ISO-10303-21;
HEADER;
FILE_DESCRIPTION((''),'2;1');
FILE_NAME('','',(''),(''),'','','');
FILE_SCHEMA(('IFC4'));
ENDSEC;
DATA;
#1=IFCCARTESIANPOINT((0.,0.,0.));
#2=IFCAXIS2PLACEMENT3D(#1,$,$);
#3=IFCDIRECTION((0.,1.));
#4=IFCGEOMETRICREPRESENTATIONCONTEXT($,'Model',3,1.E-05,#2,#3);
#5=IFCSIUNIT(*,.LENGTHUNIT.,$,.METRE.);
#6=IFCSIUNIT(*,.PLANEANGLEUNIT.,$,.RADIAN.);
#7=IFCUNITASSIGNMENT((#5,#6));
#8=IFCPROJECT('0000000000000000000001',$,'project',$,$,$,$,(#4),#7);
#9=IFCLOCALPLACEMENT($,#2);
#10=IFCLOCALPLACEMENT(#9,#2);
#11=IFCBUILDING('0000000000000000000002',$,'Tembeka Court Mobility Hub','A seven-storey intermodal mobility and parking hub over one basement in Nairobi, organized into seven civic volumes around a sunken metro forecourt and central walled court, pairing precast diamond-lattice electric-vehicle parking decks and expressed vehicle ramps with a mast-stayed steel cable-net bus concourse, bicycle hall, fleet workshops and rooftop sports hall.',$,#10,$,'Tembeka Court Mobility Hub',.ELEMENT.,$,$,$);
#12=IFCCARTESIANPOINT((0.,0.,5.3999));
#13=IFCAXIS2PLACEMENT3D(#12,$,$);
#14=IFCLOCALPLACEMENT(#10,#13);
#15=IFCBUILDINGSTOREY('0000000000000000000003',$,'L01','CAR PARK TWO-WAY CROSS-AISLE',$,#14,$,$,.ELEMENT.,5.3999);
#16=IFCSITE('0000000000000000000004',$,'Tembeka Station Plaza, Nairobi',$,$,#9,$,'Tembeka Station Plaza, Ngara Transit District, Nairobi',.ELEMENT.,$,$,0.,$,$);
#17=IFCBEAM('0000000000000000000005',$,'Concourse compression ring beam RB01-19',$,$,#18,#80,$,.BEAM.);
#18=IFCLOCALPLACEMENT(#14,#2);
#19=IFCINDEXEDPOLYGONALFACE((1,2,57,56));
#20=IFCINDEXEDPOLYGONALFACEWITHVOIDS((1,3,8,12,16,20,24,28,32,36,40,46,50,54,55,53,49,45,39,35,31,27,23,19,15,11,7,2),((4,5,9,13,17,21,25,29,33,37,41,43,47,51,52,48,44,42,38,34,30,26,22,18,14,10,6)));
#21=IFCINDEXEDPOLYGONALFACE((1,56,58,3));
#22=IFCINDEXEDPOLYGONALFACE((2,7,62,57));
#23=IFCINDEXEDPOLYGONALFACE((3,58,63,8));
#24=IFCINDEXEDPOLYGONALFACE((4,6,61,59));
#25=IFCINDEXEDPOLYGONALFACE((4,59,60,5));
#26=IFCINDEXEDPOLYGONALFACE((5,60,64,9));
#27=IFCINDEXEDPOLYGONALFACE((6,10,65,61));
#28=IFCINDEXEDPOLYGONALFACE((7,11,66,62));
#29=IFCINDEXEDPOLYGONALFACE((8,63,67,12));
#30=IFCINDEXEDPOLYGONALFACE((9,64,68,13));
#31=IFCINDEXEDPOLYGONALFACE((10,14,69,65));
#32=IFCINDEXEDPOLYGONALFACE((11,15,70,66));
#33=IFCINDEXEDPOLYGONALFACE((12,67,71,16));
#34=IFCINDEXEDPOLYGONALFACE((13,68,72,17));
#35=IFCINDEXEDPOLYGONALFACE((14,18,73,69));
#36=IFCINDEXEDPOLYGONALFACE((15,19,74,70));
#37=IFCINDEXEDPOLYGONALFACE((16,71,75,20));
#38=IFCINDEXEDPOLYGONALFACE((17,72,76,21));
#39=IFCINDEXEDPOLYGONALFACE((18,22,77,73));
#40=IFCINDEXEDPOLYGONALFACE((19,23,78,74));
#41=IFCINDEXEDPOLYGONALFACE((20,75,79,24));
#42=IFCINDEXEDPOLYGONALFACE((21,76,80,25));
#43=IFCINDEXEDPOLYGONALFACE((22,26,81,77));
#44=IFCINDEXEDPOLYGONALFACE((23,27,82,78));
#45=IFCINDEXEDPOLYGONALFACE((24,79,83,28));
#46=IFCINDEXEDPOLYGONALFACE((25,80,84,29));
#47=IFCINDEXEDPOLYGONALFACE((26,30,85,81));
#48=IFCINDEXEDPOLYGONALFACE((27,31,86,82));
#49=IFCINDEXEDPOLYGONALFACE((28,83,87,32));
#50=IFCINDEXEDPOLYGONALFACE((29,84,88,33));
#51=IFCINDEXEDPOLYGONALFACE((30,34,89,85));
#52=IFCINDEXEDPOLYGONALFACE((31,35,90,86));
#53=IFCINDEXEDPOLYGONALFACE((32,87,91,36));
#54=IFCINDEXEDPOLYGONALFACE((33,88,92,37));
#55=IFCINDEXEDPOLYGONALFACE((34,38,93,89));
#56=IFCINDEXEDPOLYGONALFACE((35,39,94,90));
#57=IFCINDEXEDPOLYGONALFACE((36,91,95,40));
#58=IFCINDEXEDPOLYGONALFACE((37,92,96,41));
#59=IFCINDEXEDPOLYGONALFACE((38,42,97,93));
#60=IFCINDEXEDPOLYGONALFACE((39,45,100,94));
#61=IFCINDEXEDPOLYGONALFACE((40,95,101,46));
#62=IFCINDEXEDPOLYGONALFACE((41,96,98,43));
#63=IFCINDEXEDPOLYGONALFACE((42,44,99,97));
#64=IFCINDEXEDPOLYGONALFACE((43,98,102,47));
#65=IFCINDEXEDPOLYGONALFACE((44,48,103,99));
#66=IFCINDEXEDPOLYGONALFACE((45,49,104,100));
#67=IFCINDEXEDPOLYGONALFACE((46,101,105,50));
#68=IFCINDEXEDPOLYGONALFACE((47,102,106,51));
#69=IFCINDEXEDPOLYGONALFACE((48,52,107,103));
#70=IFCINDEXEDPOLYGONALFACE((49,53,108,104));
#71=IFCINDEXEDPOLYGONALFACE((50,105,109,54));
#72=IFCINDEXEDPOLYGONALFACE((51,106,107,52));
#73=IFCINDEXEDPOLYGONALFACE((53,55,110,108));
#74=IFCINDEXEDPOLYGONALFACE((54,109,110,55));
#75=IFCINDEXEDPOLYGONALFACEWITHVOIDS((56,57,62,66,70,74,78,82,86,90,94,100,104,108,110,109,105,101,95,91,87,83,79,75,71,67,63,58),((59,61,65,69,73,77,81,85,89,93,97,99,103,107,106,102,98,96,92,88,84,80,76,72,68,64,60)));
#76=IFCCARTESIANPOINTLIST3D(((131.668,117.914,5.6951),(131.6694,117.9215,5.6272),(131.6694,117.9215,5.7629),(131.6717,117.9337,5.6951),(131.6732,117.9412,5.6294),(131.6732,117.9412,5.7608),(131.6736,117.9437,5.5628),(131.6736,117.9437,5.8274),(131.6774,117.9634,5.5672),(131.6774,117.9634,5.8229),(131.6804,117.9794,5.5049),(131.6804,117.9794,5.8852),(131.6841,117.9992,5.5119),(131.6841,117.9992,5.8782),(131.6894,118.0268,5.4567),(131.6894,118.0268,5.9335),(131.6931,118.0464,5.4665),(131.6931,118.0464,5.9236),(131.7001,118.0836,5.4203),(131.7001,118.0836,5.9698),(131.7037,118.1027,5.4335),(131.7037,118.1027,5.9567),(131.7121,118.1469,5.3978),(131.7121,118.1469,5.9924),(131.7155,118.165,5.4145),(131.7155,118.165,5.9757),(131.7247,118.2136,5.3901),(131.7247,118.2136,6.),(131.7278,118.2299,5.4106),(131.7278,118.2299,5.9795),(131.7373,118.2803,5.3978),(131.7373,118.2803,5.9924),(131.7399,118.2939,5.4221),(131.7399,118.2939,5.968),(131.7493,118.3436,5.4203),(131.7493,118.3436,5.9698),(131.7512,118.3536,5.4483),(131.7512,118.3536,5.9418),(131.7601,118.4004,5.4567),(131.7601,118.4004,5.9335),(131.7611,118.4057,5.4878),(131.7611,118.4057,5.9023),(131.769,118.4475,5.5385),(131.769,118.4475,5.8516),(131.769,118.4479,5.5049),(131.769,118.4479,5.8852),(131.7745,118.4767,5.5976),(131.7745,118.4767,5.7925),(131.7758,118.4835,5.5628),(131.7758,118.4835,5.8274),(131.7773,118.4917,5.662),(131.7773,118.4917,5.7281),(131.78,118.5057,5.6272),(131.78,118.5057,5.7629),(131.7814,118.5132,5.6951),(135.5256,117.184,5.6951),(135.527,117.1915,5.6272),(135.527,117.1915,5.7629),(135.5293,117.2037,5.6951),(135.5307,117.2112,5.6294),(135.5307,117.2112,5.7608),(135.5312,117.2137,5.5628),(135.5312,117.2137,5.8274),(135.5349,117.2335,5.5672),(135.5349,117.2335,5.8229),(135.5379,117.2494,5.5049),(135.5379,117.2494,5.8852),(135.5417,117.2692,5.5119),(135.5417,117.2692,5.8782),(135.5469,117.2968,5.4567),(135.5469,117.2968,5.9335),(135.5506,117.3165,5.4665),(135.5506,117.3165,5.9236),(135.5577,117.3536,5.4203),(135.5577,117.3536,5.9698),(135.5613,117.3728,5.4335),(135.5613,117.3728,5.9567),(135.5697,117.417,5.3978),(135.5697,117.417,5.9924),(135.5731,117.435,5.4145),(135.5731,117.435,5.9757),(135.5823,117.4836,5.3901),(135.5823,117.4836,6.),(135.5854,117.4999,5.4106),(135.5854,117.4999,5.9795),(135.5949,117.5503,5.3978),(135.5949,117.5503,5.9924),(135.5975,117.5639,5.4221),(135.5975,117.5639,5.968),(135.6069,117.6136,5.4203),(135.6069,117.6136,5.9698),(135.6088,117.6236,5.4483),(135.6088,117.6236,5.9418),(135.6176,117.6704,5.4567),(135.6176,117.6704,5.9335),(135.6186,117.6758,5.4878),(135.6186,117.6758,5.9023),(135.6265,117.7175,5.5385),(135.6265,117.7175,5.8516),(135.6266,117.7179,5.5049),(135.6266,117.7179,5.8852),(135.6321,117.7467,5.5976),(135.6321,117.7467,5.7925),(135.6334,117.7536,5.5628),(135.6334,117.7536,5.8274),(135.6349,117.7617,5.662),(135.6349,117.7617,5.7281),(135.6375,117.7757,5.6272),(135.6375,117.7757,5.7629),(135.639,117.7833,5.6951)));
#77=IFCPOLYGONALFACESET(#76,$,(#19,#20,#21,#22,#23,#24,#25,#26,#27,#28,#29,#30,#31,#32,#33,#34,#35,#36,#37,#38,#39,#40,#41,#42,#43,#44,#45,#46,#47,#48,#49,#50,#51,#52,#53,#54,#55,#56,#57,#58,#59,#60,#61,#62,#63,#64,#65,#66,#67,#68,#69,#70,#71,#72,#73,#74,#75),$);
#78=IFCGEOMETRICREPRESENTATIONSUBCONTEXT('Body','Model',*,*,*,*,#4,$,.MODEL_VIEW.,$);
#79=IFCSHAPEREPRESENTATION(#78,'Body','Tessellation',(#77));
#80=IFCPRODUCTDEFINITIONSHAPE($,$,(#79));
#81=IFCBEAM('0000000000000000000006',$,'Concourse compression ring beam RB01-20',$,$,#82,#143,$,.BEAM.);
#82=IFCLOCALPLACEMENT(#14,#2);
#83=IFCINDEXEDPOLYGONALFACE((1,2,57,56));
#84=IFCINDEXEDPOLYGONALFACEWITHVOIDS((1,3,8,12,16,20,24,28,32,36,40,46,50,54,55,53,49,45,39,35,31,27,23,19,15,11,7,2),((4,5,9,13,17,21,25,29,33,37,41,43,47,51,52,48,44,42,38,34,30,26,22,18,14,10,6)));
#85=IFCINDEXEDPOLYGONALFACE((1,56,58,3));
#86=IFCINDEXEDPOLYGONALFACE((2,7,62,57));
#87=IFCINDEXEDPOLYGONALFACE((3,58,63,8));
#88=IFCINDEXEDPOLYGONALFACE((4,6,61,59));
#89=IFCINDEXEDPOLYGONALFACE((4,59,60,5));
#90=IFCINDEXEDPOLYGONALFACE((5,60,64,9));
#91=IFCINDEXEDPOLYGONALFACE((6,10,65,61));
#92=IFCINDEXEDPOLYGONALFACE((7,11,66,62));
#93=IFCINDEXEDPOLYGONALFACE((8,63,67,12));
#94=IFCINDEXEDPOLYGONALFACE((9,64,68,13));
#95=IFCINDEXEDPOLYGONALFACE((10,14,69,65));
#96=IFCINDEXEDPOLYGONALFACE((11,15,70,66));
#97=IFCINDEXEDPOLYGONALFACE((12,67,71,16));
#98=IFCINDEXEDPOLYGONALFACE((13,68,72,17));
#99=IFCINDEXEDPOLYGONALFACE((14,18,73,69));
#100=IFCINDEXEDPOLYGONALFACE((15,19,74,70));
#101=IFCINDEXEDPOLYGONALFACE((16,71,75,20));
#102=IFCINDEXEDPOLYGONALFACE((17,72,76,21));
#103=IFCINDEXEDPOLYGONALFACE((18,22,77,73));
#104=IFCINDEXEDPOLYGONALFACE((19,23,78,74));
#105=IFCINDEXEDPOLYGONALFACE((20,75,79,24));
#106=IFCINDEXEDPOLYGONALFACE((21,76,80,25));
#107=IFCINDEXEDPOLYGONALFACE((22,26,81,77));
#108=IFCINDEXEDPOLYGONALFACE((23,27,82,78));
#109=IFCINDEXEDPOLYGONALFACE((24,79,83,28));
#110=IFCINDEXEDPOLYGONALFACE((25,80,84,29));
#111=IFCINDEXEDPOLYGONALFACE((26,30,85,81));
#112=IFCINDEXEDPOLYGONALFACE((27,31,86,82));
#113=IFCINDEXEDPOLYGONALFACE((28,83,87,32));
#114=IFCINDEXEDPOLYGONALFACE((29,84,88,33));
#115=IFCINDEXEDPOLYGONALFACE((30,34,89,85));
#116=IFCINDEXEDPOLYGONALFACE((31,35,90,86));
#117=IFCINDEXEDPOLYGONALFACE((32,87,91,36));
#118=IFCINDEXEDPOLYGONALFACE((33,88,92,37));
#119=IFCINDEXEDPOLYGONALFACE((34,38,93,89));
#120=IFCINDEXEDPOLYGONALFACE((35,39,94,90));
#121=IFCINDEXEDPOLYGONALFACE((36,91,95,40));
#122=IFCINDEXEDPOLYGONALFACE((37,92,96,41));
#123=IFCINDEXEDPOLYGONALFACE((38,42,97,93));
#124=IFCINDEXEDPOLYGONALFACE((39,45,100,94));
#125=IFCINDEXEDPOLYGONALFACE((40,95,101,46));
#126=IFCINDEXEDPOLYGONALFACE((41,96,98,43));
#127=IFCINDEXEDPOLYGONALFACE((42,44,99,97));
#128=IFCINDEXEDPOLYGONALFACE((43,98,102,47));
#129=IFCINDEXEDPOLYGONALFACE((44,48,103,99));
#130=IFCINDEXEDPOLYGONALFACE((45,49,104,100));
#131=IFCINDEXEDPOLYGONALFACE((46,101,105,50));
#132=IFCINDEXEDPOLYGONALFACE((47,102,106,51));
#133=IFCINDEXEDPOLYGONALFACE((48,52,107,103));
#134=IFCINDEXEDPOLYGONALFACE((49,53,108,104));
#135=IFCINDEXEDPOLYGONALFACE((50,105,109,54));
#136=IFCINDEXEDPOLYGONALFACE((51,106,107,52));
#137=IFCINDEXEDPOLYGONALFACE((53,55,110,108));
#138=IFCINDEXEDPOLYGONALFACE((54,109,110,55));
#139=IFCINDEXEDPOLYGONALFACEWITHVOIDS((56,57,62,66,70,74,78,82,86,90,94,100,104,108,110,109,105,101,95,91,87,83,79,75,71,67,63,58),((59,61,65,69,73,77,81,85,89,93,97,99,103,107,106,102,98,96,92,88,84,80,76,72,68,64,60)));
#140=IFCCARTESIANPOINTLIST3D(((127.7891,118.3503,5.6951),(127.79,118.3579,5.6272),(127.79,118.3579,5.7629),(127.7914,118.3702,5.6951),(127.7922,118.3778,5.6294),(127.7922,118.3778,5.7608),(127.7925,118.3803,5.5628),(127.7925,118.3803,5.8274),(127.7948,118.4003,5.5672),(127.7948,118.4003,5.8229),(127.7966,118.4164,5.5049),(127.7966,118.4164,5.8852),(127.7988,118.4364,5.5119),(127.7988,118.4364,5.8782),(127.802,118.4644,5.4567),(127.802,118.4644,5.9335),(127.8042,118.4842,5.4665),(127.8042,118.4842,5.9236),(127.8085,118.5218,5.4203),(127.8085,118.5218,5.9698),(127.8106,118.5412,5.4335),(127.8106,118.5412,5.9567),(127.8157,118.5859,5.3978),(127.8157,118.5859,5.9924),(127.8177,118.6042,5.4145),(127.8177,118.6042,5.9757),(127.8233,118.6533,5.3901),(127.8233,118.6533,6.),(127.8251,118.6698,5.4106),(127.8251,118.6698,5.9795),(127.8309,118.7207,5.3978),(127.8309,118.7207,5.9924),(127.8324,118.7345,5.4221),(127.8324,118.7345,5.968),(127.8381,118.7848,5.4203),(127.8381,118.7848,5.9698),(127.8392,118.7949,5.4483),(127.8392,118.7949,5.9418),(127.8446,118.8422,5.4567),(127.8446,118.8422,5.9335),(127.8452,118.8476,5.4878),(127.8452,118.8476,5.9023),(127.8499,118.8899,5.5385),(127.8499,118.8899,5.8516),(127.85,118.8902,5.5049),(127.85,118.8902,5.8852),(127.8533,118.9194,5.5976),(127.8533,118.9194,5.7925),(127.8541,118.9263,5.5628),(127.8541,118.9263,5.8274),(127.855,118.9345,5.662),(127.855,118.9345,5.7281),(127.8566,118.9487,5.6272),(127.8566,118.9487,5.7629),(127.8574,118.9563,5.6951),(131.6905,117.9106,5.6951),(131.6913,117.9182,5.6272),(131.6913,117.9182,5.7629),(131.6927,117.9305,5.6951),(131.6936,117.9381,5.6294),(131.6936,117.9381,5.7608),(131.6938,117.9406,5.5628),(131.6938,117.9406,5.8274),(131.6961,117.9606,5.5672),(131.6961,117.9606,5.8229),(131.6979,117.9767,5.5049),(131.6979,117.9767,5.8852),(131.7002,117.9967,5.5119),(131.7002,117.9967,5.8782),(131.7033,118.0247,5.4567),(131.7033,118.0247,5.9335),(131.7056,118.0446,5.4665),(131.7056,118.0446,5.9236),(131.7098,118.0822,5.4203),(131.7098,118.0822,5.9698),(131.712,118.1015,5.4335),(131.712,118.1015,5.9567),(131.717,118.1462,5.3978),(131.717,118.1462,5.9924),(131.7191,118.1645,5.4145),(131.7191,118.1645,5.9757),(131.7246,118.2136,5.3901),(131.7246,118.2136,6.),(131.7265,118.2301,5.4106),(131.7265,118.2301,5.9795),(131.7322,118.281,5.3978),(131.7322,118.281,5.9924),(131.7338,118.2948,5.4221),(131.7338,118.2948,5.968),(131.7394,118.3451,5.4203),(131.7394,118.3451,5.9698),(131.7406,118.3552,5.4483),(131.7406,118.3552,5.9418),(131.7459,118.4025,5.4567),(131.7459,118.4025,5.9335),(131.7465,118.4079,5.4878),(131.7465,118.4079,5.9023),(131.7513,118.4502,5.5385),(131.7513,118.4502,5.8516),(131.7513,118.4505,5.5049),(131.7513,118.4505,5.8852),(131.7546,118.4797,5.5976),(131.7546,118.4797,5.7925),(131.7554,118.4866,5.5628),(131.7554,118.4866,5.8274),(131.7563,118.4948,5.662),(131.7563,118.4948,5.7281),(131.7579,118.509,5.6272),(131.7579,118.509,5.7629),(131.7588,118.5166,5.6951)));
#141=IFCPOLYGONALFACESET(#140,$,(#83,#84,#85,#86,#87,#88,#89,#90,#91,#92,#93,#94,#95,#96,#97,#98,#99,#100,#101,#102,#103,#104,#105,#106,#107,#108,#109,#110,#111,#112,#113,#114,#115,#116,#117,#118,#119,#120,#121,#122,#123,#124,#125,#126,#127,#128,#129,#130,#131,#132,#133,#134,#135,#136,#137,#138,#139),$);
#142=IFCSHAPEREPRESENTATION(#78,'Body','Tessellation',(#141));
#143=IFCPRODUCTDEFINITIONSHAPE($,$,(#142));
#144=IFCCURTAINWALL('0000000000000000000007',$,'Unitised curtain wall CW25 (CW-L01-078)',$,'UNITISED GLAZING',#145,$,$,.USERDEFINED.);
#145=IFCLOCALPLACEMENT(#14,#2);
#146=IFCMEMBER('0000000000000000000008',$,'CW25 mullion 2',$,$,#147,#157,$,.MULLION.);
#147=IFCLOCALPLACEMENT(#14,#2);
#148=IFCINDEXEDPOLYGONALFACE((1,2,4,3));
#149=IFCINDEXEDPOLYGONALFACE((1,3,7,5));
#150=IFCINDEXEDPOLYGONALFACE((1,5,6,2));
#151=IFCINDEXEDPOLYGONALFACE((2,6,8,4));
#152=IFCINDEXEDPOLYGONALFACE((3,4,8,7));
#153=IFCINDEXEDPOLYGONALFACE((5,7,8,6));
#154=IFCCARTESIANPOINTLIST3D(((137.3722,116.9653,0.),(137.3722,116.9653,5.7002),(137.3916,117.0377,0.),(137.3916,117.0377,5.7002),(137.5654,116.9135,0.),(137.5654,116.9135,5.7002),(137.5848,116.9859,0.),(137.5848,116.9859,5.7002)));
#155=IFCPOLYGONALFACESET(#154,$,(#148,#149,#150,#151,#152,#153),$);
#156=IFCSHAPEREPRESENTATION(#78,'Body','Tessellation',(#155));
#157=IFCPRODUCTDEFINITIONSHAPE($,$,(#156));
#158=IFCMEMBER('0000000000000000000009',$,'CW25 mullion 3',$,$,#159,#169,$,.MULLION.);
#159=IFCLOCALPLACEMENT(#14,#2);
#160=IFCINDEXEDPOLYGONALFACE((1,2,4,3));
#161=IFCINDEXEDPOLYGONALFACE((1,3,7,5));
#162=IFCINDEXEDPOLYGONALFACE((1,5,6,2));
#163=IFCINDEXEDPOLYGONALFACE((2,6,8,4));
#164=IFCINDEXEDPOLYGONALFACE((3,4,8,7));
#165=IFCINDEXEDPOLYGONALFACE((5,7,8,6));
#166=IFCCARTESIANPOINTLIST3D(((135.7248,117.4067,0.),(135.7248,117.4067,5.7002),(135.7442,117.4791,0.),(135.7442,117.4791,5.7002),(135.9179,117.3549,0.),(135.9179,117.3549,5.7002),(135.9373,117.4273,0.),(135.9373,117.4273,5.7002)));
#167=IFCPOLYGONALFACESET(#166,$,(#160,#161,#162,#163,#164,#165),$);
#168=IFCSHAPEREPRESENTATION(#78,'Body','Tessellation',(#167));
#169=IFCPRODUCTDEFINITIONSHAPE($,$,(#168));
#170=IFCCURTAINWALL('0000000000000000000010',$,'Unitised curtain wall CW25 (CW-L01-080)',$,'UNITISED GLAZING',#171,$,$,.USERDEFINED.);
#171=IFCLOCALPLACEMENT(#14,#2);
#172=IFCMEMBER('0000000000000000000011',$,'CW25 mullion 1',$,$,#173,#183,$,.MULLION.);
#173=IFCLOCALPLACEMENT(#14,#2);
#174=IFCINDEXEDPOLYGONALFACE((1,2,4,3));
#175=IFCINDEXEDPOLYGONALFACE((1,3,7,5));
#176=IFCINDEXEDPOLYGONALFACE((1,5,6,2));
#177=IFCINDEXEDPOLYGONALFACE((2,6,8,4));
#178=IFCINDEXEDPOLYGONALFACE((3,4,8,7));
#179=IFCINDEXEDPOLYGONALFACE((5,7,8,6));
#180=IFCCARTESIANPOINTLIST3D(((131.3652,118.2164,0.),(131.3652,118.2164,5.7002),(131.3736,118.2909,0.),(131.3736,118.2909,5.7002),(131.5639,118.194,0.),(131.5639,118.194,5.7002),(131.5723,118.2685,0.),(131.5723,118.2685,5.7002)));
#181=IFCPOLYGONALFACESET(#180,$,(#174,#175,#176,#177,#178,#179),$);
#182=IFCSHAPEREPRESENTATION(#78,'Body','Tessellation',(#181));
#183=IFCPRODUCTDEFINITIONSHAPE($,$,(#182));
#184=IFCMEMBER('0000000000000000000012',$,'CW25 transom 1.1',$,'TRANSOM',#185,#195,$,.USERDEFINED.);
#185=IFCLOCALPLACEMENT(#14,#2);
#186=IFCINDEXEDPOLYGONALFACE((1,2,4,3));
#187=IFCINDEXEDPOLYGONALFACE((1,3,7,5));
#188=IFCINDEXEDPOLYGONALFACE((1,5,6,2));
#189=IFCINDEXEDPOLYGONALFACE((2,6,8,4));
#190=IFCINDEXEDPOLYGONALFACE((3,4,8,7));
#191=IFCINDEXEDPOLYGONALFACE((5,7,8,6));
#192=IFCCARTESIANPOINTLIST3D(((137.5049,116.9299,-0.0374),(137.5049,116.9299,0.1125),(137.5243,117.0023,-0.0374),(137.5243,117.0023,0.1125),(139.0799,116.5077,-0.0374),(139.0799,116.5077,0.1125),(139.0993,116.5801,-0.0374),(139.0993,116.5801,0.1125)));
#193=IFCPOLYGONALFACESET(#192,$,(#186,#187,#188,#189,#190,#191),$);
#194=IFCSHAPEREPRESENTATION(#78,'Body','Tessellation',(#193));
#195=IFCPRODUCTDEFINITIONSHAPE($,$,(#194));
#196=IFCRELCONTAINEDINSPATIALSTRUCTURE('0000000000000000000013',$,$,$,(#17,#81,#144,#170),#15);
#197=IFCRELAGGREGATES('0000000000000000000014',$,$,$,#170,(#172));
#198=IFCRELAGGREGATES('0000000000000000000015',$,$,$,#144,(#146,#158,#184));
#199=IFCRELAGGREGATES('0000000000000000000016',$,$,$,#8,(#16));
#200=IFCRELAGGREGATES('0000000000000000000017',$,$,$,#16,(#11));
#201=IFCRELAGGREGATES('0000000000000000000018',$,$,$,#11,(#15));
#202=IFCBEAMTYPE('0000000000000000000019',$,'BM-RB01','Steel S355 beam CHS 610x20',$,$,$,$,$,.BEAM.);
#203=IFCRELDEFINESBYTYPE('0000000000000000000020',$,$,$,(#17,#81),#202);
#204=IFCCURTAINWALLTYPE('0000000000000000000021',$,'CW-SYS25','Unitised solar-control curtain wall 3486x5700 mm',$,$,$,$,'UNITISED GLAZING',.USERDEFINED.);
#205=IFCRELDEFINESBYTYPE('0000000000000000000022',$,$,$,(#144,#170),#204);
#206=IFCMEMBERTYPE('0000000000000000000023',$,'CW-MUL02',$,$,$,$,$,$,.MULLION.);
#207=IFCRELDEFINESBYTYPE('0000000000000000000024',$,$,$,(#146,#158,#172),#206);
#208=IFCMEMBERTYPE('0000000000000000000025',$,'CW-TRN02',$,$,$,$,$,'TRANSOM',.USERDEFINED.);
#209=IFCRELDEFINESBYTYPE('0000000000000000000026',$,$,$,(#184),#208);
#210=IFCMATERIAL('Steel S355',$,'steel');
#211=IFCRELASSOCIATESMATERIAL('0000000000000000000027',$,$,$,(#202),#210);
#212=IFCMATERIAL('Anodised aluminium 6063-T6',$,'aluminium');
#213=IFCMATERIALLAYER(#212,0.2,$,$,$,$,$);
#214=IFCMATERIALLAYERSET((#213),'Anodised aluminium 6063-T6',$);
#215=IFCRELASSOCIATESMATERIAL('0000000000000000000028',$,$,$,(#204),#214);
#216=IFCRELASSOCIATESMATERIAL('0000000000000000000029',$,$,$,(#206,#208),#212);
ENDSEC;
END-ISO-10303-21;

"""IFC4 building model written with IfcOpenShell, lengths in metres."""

from ifc_helpers import new_model, si_unit, direction, frame, origin, origin_2d, place, context, subcontext, project, spatial, rectangle, hollow_circle, extrude, material, layer, layer_set, material_profile, profile_set, type_object, element, aggregate, save


model = new_model("IFC4")

# Units and contexts
model_context = context("Model", 3, precision=1e-05, world=origin(), true_north=direction((0.0, 1.0)))
body_context = subcontext(model_context, "Body", "Model", "MODEL_VIEW")
ifc_project = project(units=[si_unit("LENGTHUNIT", "METRE"), si_unit("PLANEANGLEUNIT", "RADIAN")], contexts=[model_context])

# Site, building, storey
site_placement = place(None, origin())
site = spatial("IfcSite", under=ifc_project, at=site_placement, Name="Tembeka Station Plaza, Nairobi", LongName="Tembeka Station Plaza, Ngara Transit District, Nairobi", CompositionType="ELEMENT", RefElevation=0.0)
building_placement = place(site_placement, origin())
building = spatial("IfcBuilding", under=site, at=building_placement, Name="Tembeka Court Mobility Hub", Description="A seven-storey intermodal mobility and parking hub over one basement in Nairobi, organized into seven civic volumes around a sunken metro forecourt and central walled court, pairing precast diamond-lattice electric-vehicle parking decks and expressed vehicle ramps with a mast-stayed steel cable-net bus concourse, bicycle hall, fleet workshops and rooftop sports hall.", LongName="Tembeka Court Mobility Hub", CompositionType="ELEMENT")
storey_placement = place(building_placement, frame((0.0, 0.0, 5.3999)))
storey = spatial("IfcBuildingStorey", under=building, at=storey_placement, Name="L01", Description="CAR PARK TWO-WAY CROSS-AISLE", CompositionType="ELEMENT", Elevation=5.3999)

# Shared definitions
ifc_material_1 = material(Name="Steel S355", Category="steel")

# Beams
ifc_material_profile_1 = material_profile(ifc_material_1, hollow_circle(Radius=0.3049, WallThickness=0.02, at=origin_2d()), Name="CHS 610x20")
ifc_profile_set_1 = profile_set([ifc_material_profile_1], Name="Steel S355")
beam_type = type_object("IfcBeamType", Name="BM-RB01", Description="Steel S355 beam CHS 610x20", PredefinedType="BEAM", material=ifc_profile_set_1)
for number, where, z_axis, x_axis, name in (
    (1, (135.5823, 117.4836, 5.6951), (-0.982563, 0.185929, 0.0), (-0.185929, -0.982563, 0.0), "Concourse compression ring beam RB01-19"),
    (2, (131.7246, 118.2136, 5.6951), (-0.993709, 0.111994, 0.0), (-0.111994, -0.993709, 0.0), "Concourse compression ring beam RB01-20"),
):
    element("IfcBeam", number, at=place(storey_placement, frame(where, z_axis=z_axis, x_axis=x_axis)), inside=storey, type_object=beam_type, Name=name, PredefinedType="BEAM", context=body_context, shape_type="SweptSolid", body=[
        extrude(hollow_circle(Radius=0.3049, WallThickness=0.02, at=origin_2d()), origin(), (0.0, 0.0, 1.0), 3.926),
    ])

# Curtain wall, members
ifc_material_2 = material(Name="Anodised aluminium 6063-T6", Category="aluminium")
ifc_layer_1 = layer(ifc_material_2, 0.2)
ifc_layer_set_1 = layer_set([ifc_layer_1], Name="Anodised aluminium 6063-T6")
curtain_wall_type = type_object("IfcCurtainWallType", Name="CW-SYS25", Description="Unitised solar-control curtain wall 3486x5700 mm", ElementType="UNITISED GLAZING", PredefinedType="USERDEFINED", material=ifc_layer_set_1)
curtain_wall_1_placement = place(storey_placement, origin())
curtain_wall_1 = element("IfcCurtainWall", 3, at=curtain_wall_1_placement, inside=storey, type_object=curtain_wall_type, Name="Unitised curtain wall CW25 (CW-L01-078)", ObjectType="UNITISED GLAZING", PredefinedType="USERDEFINED")
ifc_material_profile_2 = material_profile(ifc_material_2, rectangle(XDim=0.075, YDim=0.2, at=origin_2d()), Name="ALU-MUL 75x200")
ifc_profile_set_2 = profile_set([ifc_material_profile_2], Name="Anodised aluminium 6063-T6")
member_type_1 = type_object("IfcMemberType", Name="CW-MUL02", PredefinedType="MULLION", material=ifc_profile_set_2)
member_1_placement = place(storey_placement, frame((137.4785, 116.9756, 0.0), z_axis=(0.0, 0.0, 1.0), x_axis=(-0.258828, -0.965923, 0.0)))
member_1 = element("IfcMember", 4, at=member_1_placement, type_object=member_type_1, Name="CW25 mullion 2", PredefinedType="MULLION", context=body_context, shape_type="SweptSolid", body=[
    extrude(rectangle(XDim=0.075, YDim=0.2, at=origin_2d()), origin(), (0.0, 0.0, 1.0), 5.7002),
])
member_2_placement = place(storey_placement, frame((135.8311, 117.417, 0.0), z_axis=(0.0, 0.0, 1.0), x_axis=(-0.258828, -0.965923, 0.0)))
member_2 = element("IfcMember", 5, at=member_2_placement, type_object=member_type_1, Name="CW25 mullion 3", PredefinedType="MULLION", context=body_context, shape_type="SweptSolid", body=[
    extrude(rectangle(XDim=0.075, YDim=0.2, at=origin_2d()), origin(), (0.0, 0.0, 1.0), 5.7002),
])

# Curtain wall, member
curtain_wall_2_placement = place(storey_placement, origin())
curtain_wall_2 = element("IfcCurtainWall", 6, at=curtain_wall_2_placement, inside=storey, type_object=curtain_wall_type, Name="Unitised curtain wall CW25 (CW-L01-080)", ObjectType="UNITISED GLAZING", PredefinedType="USERDEFINED")
member_3_placement = place(storey_placement, frame((131.4688, 118.2424, 0.0), z_axis=(0.0, 0.0, 1.0), x_axis=(-0.111987, -0.99371, 0.0)))
member_3 = element("IfcMember", 7, at=member_3_placement, type_object=member_type_1, Name="CW25 mullion 1", PredefinedType="MULLION", context=body_context, shape_type="SweptSolid", body=[
    extrude(rectangle(XDim=0.075, YDim=0.2, at=origin_2d()), origin(), (0.0, 0.0, 1.0), 5.7002),
])

# Member
ifc_material_profile_3 = material_profile(ifc_material_2, rectangle(XDim=0.075, YDim=0.1499, at=origin_2d()), Name="ALU-TRN 75x150")
ifc_profile_set_3 = profile_set([ifc_material_profile_3], Name="Anodised aluminium 6063-T6")
member_type_2 = type_object("IfcMemberType", Name="CW-TRN02", ElementType="TRANSOM", PredefinedType="USERDEFINED", material=ifc_profile_set_3)
member_4_placement = place(storey_placement, frame((139.0896, 116.5439, 0.0376), z_axis=(-0.965909, 0.258883, 0.0), x_axis=(-0.258883, -0.965909, 0.0)))
member_4 = element("IfcMember", 8, at=member_4_placement, type_object=member_type_2, Name="CW25 transom 1.1", ObjectType="TRANSOM", PredefinedType="USERDEFINED", context=body_context, shape_type="SweptSolid", body=[
    extrude(rectangle(XDim=0.075, YDim=0.1499, at=origin_2d()), origin(), (0.0, 0.0, 1.0), 1.6306),
])
aggregate(curtain_wall_2, [member_3])

aggregate(curtain_wall_1, [member_1, member_2, member_4])

save(model, "model.ifc")
